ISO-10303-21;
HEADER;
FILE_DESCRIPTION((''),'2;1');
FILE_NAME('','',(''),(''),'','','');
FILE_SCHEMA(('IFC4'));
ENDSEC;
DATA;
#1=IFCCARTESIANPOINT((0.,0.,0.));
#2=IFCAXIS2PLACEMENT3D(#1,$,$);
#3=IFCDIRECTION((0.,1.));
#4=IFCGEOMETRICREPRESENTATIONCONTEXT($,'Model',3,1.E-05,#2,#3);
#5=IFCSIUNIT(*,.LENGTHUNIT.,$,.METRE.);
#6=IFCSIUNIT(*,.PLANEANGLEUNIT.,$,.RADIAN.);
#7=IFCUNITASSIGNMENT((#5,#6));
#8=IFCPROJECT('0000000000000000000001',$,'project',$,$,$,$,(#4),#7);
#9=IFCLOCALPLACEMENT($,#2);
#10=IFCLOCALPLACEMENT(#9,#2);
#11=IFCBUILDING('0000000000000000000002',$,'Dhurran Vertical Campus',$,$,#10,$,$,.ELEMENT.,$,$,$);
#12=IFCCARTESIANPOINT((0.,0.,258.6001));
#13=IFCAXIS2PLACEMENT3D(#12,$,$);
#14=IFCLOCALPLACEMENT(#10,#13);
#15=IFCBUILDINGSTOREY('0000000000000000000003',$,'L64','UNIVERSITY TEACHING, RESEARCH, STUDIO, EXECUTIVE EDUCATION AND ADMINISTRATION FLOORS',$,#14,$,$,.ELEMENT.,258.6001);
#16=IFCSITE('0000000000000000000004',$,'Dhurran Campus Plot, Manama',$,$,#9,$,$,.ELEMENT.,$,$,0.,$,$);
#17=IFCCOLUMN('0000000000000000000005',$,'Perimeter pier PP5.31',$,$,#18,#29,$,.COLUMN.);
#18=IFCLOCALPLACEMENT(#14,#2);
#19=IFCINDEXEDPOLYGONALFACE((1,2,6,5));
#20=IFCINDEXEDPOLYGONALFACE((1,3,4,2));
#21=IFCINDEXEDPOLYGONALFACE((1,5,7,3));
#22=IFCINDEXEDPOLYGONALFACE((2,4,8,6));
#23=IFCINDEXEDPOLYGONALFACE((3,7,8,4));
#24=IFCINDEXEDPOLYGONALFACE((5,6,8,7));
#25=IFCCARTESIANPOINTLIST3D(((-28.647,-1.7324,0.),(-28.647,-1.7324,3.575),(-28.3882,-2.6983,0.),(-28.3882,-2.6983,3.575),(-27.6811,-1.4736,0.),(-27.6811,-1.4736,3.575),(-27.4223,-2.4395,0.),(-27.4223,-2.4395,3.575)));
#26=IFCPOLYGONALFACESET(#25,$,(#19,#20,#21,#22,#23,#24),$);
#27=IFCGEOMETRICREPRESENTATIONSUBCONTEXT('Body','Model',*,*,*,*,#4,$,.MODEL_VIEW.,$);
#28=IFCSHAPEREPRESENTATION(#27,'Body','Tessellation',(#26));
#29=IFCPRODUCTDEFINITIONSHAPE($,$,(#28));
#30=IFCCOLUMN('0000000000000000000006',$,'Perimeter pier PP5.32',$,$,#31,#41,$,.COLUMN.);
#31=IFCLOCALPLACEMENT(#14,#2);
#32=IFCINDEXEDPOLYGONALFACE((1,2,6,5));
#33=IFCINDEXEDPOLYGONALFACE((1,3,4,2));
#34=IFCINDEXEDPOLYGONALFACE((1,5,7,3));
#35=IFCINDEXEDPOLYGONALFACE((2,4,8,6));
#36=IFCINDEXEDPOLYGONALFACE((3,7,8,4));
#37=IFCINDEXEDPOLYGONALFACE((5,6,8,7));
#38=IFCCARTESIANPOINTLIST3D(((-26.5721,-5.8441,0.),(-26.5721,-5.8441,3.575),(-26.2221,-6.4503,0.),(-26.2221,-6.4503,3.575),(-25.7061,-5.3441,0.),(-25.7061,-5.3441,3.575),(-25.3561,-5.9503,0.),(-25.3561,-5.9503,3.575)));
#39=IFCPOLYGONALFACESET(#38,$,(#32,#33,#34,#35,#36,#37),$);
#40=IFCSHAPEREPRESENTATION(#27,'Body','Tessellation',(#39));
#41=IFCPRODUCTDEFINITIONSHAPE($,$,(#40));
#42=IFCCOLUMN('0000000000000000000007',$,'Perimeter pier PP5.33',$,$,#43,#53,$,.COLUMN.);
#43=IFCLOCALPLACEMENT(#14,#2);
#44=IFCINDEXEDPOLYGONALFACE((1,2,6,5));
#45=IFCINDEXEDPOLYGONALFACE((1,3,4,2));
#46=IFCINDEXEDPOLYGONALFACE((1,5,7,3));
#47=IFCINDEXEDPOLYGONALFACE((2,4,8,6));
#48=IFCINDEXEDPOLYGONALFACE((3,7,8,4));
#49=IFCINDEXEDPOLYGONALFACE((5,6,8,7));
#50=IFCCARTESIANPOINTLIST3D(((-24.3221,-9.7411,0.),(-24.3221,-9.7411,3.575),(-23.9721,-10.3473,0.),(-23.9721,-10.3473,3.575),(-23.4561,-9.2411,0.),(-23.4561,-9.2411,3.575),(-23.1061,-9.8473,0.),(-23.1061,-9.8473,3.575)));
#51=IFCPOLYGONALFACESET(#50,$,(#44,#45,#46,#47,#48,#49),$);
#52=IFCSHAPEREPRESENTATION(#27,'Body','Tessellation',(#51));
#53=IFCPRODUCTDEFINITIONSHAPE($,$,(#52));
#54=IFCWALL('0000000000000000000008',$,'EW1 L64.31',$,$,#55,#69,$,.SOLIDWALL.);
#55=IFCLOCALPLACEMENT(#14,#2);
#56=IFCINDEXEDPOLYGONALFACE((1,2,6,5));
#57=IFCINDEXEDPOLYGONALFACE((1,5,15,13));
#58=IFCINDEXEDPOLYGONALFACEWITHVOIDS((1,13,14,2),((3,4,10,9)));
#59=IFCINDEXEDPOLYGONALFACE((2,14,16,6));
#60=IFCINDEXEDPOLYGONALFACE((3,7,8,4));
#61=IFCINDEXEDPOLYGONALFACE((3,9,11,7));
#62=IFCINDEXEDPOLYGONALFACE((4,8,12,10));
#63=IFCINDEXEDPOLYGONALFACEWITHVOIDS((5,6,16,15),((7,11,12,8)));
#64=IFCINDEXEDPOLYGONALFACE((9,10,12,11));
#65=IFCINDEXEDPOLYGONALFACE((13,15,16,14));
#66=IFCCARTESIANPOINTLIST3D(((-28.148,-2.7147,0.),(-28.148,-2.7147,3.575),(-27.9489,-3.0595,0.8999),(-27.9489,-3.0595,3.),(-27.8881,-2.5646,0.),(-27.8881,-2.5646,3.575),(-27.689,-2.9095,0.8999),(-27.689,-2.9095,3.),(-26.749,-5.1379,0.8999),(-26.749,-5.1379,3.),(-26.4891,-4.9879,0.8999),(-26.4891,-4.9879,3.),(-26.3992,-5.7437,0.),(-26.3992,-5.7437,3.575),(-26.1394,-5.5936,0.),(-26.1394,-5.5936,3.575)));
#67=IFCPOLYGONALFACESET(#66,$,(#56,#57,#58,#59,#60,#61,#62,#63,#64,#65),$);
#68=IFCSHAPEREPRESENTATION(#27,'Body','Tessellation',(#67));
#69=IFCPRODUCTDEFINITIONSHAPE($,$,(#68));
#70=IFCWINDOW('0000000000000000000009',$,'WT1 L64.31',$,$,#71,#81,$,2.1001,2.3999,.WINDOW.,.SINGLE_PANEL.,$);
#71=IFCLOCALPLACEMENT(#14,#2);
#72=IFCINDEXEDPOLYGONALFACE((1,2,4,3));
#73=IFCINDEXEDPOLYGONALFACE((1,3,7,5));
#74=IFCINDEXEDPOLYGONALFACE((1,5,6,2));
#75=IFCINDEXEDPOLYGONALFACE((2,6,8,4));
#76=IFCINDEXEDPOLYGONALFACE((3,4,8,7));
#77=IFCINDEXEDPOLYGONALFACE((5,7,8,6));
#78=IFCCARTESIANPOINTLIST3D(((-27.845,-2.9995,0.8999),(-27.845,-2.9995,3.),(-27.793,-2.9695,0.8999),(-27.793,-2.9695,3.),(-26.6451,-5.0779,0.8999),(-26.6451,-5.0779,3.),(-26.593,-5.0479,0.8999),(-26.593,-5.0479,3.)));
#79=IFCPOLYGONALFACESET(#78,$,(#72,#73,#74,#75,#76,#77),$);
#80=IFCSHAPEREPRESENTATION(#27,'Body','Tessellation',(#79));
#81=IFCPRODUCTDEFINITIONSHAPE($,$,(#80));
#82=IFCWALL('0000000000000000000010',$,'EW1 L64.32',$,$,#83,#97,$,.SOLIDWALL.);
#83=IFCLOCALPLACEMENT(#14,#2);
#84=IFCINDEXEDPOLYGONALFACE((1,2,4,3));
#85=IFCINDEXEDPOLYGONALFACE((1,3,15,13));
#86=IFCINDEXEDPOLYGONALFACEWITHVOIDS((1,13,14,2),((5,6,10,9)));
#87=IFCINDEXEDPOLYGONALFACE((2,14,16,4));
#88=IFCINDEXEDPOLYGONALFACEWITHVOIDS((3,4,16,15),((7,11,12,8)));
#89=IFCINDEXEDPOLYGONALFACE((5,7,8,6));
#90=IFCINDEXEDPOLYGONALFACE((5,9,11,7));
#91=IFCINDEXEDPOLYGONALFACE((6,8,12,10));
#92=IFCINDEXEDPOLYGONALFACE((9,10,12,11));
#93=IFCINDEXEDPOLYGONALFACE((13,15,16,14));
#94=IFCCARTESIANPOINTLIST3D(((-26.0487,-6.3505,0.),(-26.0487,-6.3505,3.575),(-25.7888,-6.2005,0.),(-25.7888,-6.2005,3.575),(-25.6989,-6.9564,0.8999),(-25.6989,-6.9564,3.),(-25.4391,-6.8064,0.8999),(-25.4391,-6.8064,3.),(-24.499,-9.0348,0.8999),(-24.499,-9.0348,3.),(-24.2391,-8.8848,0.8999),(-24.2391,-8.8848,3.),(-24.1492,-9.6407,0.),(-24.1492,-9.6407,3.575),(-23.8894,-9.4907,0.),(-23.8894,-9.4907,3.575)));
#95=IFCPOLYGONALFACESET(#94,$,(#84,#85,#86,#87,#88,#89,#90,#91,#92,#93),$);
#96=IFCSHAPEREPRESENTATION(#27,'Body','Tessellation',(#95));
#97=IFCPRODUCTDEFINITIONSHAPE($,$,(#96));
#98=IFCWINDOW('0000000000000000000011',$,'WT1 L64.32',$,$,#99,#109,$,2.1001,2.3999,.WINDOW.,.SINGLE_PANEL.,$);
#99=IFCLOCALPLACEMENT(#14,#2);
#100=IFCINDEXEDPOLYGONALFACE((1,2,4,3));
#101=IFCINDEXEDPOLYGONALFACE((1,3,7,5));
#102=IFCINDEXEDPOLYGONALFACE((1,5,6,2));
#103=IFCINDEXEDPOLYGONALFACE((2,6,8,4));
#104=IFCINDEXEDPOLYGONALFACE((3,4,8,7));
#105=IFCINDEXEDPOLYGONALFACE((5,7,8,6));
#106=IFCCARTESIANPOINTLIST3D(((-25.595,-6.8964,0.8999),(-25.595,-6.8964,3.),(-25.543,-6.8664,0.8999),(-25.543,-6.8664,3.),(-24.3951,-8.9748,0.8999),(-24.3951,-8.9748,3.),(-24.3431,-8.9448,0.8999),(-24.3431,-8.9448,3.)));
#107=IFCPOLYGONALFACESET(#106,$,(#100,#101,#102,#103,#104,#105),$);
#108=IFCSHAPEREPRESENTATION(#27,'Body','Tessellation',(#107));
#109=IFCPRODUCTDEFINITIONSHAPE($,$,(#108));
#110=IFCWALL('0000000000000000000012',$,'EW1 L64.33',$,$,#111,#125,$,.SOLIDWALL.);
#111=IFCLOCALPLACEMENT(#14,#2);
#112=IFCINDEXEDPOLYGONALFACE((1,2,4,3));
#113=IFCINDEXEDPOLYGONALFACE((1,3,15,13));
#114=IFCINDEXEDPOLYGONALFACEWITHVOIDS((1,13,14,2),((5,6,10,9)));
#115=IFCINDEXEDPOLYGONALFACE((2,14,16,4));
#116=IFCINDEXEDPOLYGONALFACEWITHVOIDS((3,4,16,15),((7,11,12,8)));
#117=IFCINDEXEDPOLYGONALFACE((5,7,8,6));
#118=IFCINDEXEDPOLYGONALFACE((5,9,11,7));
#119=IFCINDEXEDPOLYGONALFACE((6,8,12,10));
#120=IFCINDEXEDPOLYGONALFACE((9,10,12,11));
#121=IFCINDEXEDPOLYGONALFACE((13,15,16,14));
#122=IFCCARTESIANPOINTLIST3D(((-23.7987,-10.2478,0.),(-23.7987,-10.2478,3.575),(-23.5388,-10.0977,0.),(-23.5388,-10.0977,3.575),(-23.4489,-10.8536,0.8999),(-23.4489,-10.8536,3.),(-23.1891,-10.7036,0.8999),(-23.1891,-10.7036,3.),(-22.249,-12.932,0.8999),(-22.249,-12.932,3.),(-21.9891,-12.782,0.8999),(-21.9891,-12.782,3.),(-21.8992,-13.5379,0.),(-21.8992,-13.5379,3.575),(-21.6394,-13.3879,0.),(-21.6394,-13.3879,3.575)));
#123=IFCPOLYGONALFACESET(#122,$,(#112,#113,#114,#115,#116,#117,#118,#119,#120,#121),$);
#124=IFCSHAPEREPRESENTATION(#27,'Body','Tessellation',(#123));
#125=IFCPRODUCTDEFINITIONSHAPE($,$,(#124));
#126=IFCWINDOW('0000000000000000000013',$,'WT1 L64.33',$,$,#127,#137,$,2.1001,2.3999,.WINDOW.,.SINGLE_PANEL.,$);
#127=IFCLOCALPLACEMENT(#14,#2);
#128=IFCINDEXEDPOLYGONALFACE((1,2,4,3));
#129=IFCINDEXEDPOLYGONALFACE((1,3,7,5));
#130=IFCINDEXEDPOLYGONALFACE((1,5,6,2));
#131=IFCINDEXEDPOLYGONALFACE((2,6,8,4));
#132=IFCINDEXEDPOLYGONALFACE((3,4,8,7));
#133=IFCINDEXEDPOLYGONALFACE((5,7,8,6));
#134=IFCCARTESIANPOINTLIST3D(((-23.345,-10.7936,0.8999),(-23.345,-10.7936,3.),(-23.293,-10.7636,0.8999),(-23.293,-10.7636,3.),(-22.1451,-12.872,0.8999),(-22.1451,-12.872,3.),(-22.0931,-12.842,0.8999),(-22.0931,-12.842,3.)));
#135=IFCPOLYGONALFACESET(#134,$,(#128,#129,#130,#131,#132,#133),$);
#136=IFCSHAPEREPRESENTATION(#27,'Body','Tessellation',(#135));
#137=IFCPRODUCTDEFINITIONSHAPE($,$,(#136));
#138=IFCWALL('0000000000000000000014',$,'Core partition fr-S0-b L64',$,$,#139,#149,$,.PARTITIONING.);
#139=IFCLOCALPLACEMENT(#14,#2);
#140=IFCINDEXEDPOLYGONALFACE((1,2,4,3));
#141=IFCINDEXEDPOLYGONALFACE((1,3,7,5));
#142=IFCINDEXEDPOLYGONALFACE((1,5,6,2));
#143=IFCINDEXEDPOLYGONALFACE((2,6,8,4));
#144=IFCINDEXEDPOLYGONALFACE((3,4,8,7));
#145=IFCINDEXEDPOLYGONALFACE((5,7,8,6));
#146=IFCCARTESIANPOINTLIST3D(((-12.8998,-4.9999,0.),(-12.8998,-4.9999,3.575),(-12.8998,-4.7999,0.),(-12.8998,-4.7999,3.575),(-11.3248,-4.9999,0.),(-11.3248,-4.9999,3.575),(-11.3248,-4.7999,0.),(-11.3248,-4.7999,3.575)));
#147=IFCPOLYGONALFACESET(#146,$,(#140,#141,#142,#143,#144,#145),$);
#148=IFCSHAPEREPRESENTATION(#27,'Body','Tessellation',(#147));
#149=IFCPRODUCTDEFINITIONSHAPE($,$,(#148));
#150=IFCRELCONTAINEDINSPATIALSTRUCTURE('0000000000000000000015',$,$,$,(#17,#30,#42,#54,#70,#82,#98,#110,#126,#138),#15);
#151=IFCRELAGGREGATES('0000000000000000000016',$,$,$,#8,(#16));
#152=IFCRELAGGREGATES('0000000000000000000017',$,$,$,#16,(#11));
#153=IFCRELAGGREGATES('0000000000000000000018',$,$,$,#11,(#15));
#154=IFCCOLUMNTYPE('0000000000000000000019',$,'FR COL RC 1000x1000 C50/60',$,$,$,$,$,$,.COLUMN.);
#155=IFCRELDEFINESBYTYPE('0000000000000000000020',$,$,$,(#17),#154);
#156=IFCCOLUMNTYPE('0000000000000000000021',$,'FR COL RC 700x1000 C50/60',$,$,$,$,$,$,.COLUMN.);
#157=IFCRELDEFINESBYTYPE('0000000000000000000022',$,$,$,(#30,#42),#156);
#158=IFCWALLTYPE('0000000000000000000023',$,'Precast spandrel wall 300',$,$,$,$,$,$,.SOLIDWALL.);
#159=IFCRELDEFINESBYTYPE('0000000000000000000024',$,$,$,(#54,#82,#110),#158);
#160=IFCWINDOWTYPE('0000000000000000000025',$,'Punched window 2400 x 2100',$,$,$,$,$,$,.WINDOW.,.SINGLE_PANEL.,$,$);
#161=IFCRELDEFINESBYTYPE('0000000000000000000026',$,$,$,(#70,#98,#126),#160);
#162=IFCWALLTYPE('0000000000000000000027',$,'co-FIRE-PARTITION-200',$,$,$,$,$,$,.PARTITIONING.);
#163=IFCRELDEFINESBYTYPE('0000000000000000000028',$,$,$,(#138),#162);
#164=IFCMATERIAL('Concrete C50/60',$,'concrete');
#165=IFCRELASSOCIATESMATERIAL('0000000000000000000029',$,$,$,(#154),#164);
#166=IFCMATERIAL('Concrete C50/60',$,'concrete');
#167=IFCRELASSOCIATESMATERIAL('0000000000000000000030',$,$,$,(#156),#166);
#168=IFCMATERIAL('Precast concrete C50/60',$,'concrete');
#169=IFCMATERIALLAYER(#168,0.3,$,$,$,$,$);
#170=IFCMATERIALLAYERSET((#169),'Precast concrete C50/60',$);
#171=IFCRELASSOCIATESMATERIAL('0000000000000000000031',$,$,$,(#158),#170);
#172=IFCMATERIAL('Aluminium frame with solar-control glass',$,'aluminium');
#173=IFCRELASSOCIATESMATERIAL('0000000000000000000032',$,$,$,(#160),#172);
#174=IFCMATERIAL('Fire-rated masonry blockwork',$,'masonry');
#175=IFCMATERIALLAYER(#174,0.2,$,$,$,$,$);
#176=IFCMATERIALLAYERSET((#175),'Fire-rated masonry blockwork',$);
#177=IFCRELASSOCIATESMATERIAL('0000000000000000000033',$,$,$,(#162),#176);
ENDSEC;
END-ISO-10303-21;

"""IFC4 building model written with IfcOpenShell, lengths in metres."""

from ifc_helpers import new_model, si_unit, direction, frame, frame_2d, origin, origin_2d, place, context, subcontext, project, spatial, rectangle, extrude, material, layer, layer_set, material_profile, profile_set, type_object, element, fill, save


model = new_model("IFC4")

# Units and contexts
model_context = context("Model", 3, precision=1e-05, world=origin(), true_north=direction((0.0, 1.0)))
body_context = subcontext(model_context, "Body", "Model", "MODEL_VIEW")
ifc_project = project(units=[si_unit("LENGTHUNIT", "METRE"), si_unit("PLANEANGLEUNIT", "RADIAN")], contexts=[model_context])

# Site, building, storey
site_placement = place(None, origin())
site = spatial("IfcSite", under=ifc_project, at=site_placement, Name="Dhurran Campus Plot, Manama", CompositionType="ELEMENT", RefElevation=0.0)
building_placement = place(site_placement, origin())
building = spatial("IfcBuilding", under=site, at=building_placement, Name="Dhurran Vertical Campus", CompositionType="ELEMENT")
storey_placement = place(building_placement, frame((0.0, 0.0, 258.6001)))
storey = spatial("IfcBuildingStorey", under=building, at=storey_placement, Name="L64", Description="UNIVERSITY TEACHING, RESEARCH, STUDIO, EXECUTIVE EDUCATION AND ADMINISTRATION FLOORS", CompositionType="ELEMENT", Elevation=258.6001)

# Columns
ifc_material_1 = material(Name="Concrete C50/60", Category="concrete")
ifc_material_profile_1 = material_profile(ifc_material_1, rectangle(XDim=1.0, YDim=1.0, at=origin_2d()), Name="RC 1000x1000")
ifc_profile_set_1 = profile_set([ifc_material_profile_1], Name="Concrete C50/60")
column_type_1 = type_object("IfcColumnType", Name="FR COL RC 1000x1000 C50/60", PredefinedType="COLUMN", material=ifc_profile_set_1)
column_placement = place(storey_placement, frame((-28.0347, -2.0859, 0.0), z_axis=(0.0, 0.0, 1.0), x_axis=(0.258819, -0.965926, 0.0)))
element("IfcColumn", 1, at=column_placement, inside=storey, type_object=column_type_1, Name="Perimeter pier PP5.31", PredefinedType="COLUMN", context=body_context, shape_type="SweptSolid", body=[
    extrude(rectangle(XDim=1.0, YDim=1.0, at=origin_2d()), origin(), (0.0, 0.0, 1.0), 3.575),
])
ifc_material_2 = material(Name="Concrete C50/60", Category="concrete")
ifc_material_profile_2 = material_profile(ifc_material_2, rectangle(XDim=0.7, YDim=1.0, at=origin_2d()), Name="RC 700x1000")
ifc_profile_set_2 = profile_set([ifc_material_profile_2], Name="Concrete C50/60")
column_type_2 = type_object("IfcColumnType", Name="FR COL RC 700x1000 C50/60", PredefinedType="COLUMN", material=ifc_profile_set_2)
for number, where, z_axis, x_axis, name in (
    (2, (-25.9641, -5.8972, 0.0), (0.0, 0.0, 1.0), (0.5, -0.866025, 0.0), "Perimeter pier PP5.32"),
    (3, (-23.7141, -9.7942, 0.0), (0.0, 0.0, 1.0), (0.5, -0.866025, 0.0), "Perimeter pier PP5.33"),
):
    element("IfcColumn", number, at=place(storey_placement, frame(where, z_axis=z_axis, x_axis=x_axis)), inside=storey, type_object=column_type_2, Name=name, PredefinedType="COLUMN", context=body_context, shape_type="SweptSolid", body=[
        extrude(rectangle(XDim=0.7, YDim=1.0, at=origin_2d()), origin(), (0.0, 0.0, 1.0), 3.575),
    ])

# Walls, openings, windows
ifc_material_3 = material(Name="Precast concrete C50/60", Category="concrete")
ifc_layer_1 = layer(ifc_material_3, 0.3)
ifc_layer_set_1 = layer_set([ifc_layer_1], Name="Precast concrete C50/60")
wall_type_1 = type_object("IfcWallType", Name="Precast spandrel wall 300", PredefinedType="SOLIDWALL", material=ifc_layer_set_1)
wall_1_placement = place(storey_placement, frame((-28.0181, -2.6396, 0.0), z_axis=(0.0, 0.0, 1.0), x_axis=(0.49999, -0.866031, 0.0)))
wall_1 = element("IfcWall", 4, at=wall_1_placement, inside=storey, type_object=wall_type_1, Name="EW1 L64.31", PredefinedType="SOLIDWALL", context=body_context, shape_type="SweptSolid", body=[
    extrude(rectangle(XDim=3.4976, YDim=0.3, at=frame_2d((1.7488, 0.0))), origin(), (0.0, 0.0, 1.0), 3.575),
])
opening_1_placement = place(wall_1_placement, frame((0.3982, 0.0, 0.8999)))
opening_1 = element("IfcOpeningElement", 5, at=opening_1_placement, cuts=wall_1, PredefinedType="OPENING", context=body_context, shape_type="SweptSolid", body=[
    extrude(rectangle(XDim=2.3999, YDim=2.1001, at=frame_2d((1.2, 1.05))), frame((0.0, 0.1599, 0.0), z_axis=(0.0, -1.0, 0.0), x_axis=(1.0, 0.0, 0.0)), (0.0, 0.0, 1.0), 0.3201),
])
ifc_material_4 = material(Name="Aluminium frame with solar-control glass", Category="aluminium")
window_type = type_object("IfcWindowType", Name="Punched window 2400 x 2100", PartitioningType="SINGLE_PANEL", PredefinedType="WINDOW", material=ifc_material_4)
window_1_placement = place(opening_1_placement, origin())
window_1 = element("IfcWindow", 6, at=window_1_placement, inside=storey, type_object=window_type, Name="WT1 L64.31", OverallHeight=2.1001, OverallWidth=2.3999, PartitioningType="SINGLE_PANEL", PredefinedType="WINDOW", context=body_context, shape_type="SweptSolid", body=[
    extrude(rectangle(XDim=2.3999, YDim=2.1001, at=frame_2d((1.2, 1.05))), frame((0.0, 0.03, 0.0), z_axis=(0.0, -1.0, 0.0), x_axis=(1.0, 0.0, 0.0)), (0.0, 0.0, 1.0), 0.0601),
])
fill(opening_1, window_1)
wall_2_placement = place(storey_placement, frame((-25.9187, -6.2756, 0.0), z_axis=(0.0, 0.0, 1.0), x_axis=(0.499982, -0.866036, 0.0)))
wall_2 = element("IfcWall", 7, at=wall_2_placement, inside=storey, type_object=wall_type_1, Name="EW1 L64.32", PredefinedType="SOLIDWALL", context=body_context, shape_type="SweptSolid", body=[
    extrude(rectangle(XDim=3.7991, YDim=0.3, at=frame_2d((1.8994, 0.0))), origin(), (0.0, 0.0, 1.0), 3.575),
])
opening_2_placement = place(wall_2_placement, frame((0.6995, 0.0, 0.8999)))
opening_2 = element("IfcOpeningElement", 8, at=opening_2_placement, cuts=wall_2, PredefinedType="OPENING", context=body_context, shape_type="SweptSolid", body=[
    extrude(rectangle(XDim=2.3999, YDim=2.1001, at=frame_2d((1.2, 1.05))), frame((0.0, 0.1599, 0.0), z_axis=(0.0, -1.0, 0.0), x_axis=(1.0, 0.0, 0.0)), (0.0, 0.0, 1.0), 0.3201),
])
window_2_placement = place(opening_2_placement, origin())
window_2 = element("IfcWindow", 9, at=window_2_placement, inside=storey, type_object=window_type, Name="WT1 L64.32", OverallHeight=2.1001, OverallWidth=2.3999, PartitioningType="SINGLE_PANEL", PredefinedType="WINDOW", context=body_context, shape_type="SweptSolid", body=[
    extrude(rectangle(XDim=2.3999, YDim=2.1001, at=frame_2d((1.2, 1.05))), frame((0.0, 0.03, 0.0), z_axis=(0.0, -1.0, 0.0), x_axis=(1.0, 0.0, 0.0)), (0.0, 0.0, 1.0), 0.0601),
])
fill(opening_2, window_2)
wall_3_placement = place(storey_placement, frame((-23.6687, -10.1729, 0.0), z_axis=(0.0, 0.0, 1.0), x_axis=(0.499982, -0.866036, 0.0)))
wall_3 = element("IfcWall", 10, at=wall_3_placement, inside=storey, type_object=wall_type_1, Name="EW1 L64.33", PredefinedType="SOLIDWALL", context=body_context, shape_type="SweptSolid", body=[
    extrude(rectangle(XDim=3.7991, YDim=0.3, at=frame_2d((1.8994, 0.0))), origin(), (0.0, 0.0, 1.0), 3.575),
])
opening_3_placement = place(wall_3_placement, frame((0.6995, 0.0, 0.8999)))
opening_3 = element("IfcOpeningElement", 11, at=opening_3_placement, cuts=wall_3, PredefinedType="OPENING", context=body_context, shape_type="SweptSolid", body=[
    extrude(rectangle(XDim=2.3999, YDim=2.1001, at=frame_2d((1.2, 1.05))), frame((0.0, 0.1599, 0.0), z_axis=(0.0, -1.0, 0.0), x_axis=(1.0, 0.0, 0.0)), (0.0, 0.0, 1.0), 0.3201),
])
window_3_placement = place(opening_3_placement, origin())
window_3 = element("IfcWindow", 12, at=window_3_placement, inside=storey, type_object=window_type, Name="WT1 L64.33", OverallHeight=2.1001, OverallWidth=2.3999, PartitioningType="SINGLE_PANEL", PredefinedType="WINDOW", context=body_context, shape_type="SweptSolid", body=[
    extrude(rectangle(XDim=2.3999, YDim=2.1001, at=frame_2d((1.2, 1.05))), frame((0.0, 0.03, 0.0), z_axis=(0.0, -1.0, 0.0), x_axis=(1.0, 0.0, 0.0)), (0.0, 0.0, 1.0), 0.0601),
])
fill(opening_3, window_3)

# Wall
ifc_material_5 = material(Name="Fire-rated masonry blockwork", Category="masonry")
ifc_layer_2 = layer(ifc_material_5, 0.2)
ifc_layer_set_2 = layer_set([ifc_layer_2], Name="Fire-rated masonry blockwork")
wall_type_2 = type_object("IfcWallType", Name="co-FIRE-PARTITION-200", PredefinedType="PARTITIONING", material=ifc_layer_set_2)
wall_4_placement = place(storey_placement, frame((-12.8999, -4.8999, 0.0), z_axis=(0.0, 0.0, 1.0), x_axis=(1.0, 0.0, 0.0)))
element("IfcWall", 13, at=wall_4_placement, inside=storey, type_object=wall_type_2, Name="Core partition fr-S0-b L64", PredefinedType="PARTITIONING", context=body_context, shape_type="SweptSolid", body=[
    extrude(rectangle(XDim=1.575, YDim=0.2, at=frame_2d((0.7876, 0.0))), origin(), (0.0, 0.0, 1.0), 3.575),
])

save(model, "model.ifc")
